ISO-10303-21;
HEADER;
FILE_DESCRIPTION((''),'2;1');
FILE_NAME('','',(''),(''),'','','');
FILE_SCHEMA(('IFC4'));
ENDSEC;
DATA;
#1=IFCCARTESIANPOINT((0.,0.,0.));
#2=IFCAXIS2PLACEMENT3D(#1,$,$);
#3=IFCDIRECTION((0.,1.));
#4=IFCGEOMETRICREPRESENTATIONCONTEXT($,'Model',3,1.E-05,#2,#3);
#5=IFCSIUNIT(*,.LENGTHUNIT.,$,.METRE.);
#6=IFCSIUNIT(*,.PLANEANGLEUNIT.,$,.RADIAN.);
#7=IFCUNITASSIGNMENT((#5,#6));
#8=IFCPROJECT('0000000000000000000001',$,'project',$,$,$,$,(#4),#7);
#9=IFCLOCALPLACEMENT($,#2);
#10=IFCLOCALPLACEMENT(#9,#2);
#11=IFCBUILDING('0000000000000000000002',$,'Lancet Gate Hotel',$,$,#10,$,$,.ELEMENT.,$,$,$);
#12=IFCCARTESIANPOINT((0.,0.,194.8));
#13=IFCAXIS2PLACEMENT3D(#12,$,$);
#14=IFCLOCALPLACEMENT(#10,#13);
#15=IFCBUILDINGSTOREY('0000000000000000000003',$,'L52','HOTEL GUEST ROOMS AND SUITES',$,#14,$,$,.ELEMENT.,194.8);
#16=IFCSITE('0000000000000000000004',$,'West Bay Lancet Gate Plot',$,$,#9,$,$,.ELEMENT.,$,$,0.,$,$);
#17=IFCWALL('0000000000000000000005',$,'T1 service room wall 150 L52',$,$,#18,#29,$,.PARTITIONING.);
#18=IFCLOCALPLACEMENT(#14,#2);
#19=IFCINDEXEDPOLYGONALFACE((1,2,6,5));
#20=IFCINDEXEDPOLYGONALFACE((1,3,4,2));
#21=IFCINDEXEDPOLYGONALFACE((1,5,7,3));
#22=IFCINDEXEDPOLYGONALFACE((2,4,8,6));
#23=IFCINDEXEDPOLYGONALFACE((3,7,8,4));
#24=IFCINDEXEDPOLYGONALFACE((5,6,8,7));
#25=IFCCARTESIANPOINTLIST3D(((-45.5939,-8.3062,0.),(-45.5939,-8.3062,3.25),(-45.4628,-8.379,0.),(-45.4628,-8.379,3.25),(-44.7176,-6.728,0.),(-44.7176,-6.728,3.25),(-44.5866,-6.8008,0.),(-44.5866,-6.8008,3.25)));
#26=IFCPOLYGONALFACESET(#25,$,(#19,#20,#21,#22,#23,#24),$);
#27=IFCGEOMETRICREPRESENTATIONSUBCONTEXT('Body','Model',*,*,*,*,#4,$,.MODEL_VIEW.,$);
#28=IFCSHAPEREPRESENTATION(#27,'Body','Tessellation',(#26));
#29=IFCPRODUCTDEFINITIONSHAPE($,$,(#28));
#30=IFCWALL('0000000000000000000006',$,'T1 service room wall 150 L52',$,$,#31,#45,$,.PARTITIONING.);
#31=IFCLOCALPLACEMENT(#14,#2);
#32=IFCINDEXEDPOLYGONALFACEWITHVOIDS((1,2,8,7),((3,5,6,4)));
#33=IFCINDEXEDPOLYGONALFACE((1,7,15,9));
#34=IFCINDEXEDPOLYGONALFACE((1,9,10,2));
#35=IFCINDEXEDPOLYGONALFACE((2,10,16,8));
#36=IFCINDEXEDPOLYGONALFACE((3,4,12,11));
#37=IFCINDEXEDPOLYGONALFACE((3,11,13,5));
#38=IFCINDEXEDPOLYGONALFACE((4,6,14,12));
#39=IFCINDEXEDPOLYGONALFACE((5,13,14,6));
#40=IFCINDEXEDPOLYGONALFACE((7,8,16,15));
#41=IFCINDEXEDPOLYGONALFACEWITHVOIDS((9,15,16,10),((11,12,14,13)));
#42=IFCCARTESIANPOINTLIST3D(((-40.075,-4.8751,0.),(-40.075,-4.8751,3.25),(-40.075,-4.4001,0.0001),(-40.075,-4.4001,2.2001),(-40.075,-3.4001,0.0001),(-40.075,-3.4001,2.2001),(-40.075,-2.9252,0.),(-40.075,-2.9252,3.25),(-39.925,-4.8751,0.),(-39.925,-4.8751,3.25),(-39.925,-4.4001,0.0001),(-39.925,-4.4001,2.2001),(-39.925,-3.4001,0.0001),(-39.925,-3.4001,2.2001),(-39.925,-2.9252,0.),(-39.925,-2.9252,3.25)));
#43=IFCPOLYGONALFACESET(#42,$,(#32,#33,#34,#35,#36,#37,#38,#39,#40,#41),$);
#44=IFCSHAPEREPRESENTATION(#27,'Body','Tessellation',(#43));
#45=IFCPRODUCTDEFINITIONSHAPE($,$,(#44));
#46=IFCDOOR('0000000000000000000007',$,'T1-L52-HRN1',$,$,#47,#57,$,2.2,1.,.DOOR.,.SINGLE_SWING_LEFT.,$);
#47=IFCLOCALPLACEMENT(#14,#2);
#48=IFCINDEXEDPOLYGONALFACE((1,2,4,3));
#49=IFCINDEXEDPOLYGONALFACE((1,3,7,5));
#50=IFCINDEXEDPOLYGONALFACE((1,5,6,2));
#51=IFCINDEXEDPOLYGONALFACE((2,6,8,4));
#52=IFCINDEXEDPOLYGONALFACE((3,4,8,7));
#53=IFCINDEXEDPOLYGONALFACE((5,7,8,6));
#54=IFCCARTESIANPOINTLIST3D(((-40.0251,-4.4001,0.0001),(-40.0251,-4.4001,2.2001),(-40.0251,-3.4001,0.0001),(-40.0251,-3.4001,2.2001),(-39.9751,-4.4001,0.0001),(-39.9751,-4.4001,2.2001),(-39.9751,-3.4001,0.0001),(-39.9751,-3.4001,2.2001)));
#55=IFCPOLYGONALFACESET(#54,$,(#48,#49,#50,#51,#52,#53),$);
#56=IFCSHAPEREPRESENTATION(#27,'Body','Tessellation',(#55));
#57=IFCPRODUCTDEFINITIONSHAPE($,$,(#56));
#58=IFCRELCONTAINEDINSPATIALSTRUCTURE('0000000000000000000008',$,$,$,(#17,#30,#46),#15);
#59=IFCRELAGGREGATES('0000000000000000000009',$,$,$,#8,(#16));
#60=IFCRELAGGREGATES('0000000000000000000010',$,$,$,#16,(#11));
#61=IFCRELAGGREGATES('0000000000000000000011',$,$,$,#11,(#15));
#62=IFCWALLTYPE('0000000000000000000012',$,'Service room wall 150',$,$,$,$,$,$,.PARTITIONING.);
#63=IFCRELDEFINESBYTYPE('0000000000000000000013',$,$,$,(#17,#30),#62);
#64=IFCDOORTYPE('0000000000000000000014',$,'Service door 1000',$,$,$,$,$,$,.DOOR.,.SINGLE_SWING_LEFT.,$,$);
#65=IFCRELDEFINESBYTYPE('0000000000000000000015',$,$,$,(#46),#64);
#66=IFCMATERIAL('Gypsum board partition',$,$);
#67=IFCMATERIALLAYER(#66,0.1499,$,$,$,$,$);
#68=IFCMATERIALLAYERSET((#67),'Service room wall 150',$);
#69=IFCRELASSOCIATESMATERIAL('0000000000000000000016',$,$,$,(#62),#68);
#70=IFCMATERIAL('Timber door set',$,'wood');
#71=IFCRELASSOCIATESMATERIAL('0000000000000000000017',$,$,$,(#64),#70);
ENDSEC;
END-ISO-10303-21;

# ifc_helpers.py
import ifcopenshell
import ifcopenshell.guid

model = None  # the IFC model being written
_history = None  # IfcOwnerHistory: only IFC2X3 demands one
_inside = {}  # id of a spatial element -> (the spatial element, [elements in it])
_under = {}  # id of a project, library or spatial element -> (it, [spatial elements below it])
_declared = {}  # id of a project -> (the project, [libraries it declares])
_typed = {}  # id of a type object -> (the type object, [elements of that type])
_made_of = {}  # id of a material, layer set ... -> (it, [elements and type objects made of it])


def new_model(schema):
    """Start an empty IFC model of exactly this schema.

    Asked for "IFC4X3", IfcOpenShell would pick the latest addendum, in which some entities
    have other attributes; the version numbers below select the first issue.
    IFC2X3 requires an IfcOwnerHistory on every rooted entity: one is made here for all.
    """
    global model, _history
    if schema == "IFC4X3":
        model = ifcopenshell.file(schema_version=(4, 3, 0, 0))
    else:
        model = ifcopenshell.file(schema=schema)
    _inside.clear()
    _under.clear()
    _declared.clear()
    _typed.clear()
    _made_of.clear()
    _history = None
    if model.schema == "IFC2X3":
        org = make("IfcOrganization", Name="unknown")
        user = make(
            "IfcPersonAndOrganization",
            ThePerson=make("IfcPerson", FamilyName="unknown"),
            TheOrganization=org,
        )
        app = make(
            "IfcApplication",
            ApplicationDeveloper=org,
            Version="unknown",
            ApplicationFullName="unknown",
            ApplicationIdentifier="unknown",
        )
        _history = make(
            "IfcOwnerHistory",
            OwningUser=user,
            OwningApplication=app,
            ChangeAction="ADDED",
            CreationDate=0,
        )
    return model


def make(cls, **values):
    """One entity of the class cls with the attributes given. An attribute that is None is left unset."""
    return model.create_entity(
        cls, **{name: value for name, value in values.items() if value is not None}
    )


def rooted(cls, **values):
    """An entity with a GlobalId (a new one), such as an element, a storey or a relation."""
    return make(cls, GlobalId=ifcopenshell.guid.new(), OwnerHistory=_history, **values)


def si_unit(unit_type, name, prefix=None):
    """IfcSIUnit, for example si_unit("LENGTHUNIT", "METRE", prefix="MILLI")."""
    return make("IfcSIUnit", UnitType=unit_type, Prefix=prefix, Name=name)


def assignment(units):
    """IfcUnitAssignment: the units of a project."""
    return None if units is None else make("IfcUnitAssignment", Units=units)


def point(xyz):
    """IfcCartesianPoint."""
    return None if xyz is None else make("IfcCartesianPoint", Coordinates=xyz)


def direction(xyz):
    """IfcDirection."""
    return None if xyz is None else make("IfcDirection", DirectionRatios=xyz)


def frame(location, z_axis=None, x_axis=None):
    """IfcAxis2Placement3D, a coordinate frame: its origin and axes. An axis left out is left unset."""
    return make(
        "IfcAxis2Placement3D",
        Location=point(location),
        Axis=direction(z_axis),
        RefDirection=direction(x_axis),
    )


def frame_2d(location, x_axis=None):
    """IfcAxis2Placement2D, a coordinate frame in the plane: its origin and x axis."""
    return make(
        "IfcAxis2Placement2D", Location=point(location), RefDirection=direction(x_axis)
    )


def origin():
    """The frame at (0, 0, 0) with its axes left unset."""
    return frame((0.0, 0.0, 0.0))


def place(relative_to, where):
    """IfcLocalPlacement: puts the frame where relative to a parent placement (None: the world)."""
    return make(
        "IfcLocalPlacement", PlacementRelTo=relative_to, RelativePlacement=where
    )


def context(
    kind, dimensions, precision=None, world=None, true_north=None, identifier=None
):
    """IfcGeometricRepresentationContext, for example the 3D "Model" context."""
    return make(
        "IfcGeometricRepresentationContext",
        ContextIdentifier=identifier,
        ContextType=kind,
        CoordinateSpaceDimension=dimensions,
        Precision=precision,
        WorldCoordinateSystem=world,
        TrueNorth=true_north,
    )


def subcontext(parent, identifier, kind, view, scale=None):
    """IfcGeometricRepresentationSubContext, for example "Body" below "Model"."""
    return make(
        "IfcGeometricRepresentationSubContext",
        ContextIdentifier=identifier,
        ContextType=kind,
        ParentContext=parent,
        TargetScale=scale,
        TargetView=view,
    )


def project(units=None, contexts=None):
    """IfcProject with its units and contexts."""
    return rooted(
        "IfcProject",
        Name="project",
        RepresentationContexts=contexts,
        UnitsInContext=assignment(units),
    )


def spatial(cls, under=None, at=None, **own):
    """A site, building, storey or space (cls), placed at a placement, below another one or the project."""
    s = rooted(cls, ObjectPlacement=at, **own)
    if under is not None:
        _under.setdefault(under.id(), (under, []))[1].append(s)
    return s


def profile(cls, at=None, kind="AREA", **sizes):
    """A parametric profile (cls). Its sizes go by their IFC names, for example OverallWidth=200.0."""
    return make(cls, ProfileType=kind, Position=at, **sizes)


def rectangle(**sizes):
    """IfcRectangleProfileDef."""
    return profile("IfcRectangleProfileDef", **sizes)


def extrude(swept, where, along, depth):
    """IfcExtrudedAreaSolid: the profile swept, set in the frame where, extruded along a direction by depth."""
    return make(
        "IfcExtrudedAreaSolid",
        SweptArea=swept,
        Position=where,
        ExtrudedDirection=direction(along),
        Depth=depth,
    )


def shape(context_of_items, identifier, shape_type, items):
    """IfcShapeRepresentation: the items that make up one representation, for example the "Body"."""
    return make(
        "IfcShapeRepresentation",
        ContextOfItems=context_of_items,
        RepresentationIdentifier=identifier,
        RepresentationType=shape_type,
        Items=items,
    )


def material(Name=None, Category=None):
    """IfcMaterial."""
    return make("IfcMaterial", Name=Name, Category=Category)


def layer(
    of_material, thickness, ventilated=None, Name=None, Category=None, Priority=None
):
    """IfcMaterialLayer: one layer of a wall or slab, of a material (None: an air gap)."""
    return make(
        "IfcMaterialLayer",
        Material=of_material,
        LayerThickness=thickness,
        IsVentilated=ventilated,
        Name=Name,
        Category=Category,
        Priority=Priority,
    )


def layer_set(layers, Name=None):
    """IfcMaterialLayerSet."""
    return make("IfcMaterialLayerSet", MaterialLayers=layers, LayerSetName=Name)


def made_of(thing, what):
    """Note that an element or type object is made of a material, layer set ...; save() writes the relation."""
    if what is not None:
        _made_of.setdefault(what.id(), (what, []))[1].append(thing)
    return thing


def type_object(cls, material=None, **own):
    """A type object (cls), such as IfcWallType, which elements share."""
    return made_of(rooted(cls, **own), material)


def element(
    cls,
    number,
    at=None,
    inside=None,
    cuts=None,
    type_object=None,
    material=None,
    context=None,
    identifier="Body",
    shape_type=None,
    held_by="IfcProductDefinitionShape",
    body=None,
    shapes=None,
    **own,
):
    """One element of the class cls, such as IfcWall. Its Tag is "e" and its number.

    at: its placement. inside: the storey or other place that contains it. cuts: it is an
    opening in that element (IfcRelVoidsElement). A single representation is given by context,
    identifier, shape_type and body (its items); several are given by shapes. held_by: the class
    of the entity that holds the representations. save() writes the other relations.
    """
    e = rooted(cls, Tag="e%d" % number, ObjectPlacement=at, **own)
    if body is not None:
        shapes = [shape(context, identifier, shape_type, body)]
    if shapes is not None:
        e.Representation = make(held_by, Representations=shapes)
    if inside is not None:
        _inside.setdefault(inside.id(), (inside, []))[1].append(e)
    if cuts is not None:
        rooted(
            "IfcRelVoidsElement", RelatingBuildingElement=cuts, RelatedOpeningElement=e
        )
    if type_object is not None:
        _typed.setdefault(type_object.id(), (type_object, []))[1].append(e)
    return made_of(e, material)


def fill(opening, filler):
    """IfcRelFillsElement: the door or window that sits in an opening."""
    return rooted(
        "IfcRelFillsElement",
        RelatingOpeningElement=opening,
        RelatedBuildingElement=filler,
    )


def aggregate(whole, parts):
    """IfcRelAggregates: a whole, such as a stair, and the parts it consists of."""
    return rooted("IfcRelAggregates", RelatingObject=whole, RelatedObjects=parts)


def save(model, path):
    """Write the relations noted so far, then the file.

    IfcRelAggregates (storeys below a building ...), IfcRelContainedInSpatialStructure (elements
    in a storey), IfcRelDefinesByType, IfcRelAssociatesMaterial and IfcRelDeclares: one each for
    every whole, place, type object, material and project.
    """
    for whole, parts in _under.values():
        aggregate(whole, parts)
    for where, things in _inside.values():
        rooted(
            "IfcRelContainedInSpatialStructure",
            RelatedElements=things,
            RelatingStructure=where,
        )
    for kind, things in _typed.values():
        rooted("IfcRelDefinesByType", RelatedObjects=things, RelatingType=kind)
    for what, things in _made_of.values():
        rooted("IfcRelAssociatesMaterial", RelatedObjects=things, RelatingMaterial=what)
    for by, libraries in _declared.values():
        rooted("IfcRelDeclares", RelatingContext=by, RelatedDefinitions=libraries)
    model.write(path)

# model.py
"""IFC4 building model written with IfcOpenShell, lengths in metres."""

from ifc_helpers import new_model, si_unit, direction, frame, frame_2d, origin, place, context, subcontext, project, spatial, rectangle, extrude, material, layer, layer_set, type_object, element, fill, save


model = new_model("IFC4")

# Units and contexts
model_context = context("Model", 3, precision=1e-05, world=origin(), true_north=direction((0.0, 1.0)))
body_context = subcontext(model_context, "Body", "Model", "MODEL_VIEW")
ifc_project = project(units=[si_unit("LENGTHUNIT", "METRE"), si_unit("PLANEANGLEUNIT", "RADIAN")], contexts=[model_context])

# Site, building, storey
site_placement = place(None, origin())
site = spatial("IfcSite", under=ifc_project, at=site_placement, Name="West Bay Lancet Gate Plot", CompositionType="ELEMENT", RefElevation=0.0)
building_placement = place(site_placement, origin())
building = spatial("IfcBuilding", under=site, at=building_placement, Name="Lancet Gate Hotel", CompositionType="ELEMENT")
storey_placement = place(building_placement, frame((0.0, 0.0, 194.8)))
storey = spatial("IfcBuildingStorey", under=building, at=storey_placement, Name="L52", Description="HOTEL GUEST ROOMS AND SUITES", CompositionType="ELEMENT", Elevation=194.8)

# Wall
ifc_material_1 = material(Name="Gypsum board partition")
ifc_layer_1 = layer(ifc_material_1, 0.1499)
ifc_layer_set_1 = layer_set([ifc_layer_1], Name="Service room wall 150")
wall_type_1 = type_object("IfcWallType", Name="Service room wall 150", PredefinedType="PARTITIONING", material=ifc_layer_set_1)
wall_1_placement = place(storey_placement, frame((-44.6521, -6.7644, 0.0), z_axis=(0.0, 0.0, 1.0), x_axis=(-0.485425, -0.874278, 0.0)))
element("IfcWall", 1, at=wall_1_placement, inside=storey, type_object=wall_type_1, Name="T1 service room wall 150 L52", PredefinedType="PARTITIONING", context=body_context, shape_type="SweptSolid", body=[
    extrude(rectangle(XDim=1.8052, YDim=0.1499, at=frame_2d((0.9026, 0.0))), origin(), (0.0, 0.0, 1.0), 3.25),
])

# Wall, opening, door
wall_2_placement = place(storey_placement, frame((-40.0, -2.925, 0.0), z_axis=(0.0, 0.0, 1.0), x_axis=(0.0, -1.0, 0.0)))
wall_2 = element("IfcWall", 2, at=wall_2_placement, inside=storey, type_object=wall_type_1, Name="T1 service room wall 150 L52", PredefinedType="PARTITIONING", context=body_context, shape_type="SweptSolid", body=[
    extrude(rectangle(XDim=1.95, YDim=0.1499, at=frame_2d((0.9751, 0.0))), origin(), (0.0, 0.0, 1.0), 3.25),
])
opening_1_placement = place(wall_2_placement, frame((0.4751, 0.0, 0.0)))
opening_1 = element("IfcOpeningElement", 3, at=opening_1_placement, cuts=wall_2, PredefinedType="OPENING", context=body_context, shape_type="SweptSolid", body=[
    extrude(rectangle(XDim=1.0, YDim=2.2, at=frame_2d((0.5, 1.1001))), frame((0.0, 0.085, 0.0), z_axis=(0.0, -1.0, 0.0), x_axis=(1.0, 0.0, 0.0)), (0.0, 0.0, 1.0), 0.1699),
])
ifc_material_2 = material(Name="Timber door set", Category="wood")
door_type_1 = type_object("IfcDoorType", Name="Service door 1000", OperationType="SINGLE_SWING_LEFT", PredefinedType="DOOR", material=ifc_material_2)
door_1_placement = place(opening_1_placement, origin())
door_1 = element("IfcDoor", 4, at=door_1_placement, inside=storey, type_object=door_type_1, Name="T1-L52-HRN1", OperationType="SINGLE_SWING_LEFT", OverallHeight=2.2, OverallWidth=1.0, PredefinedType="DOOR", context=body_context, shape_type="SweptSolid", body=[
    extrude(rectangle(XDim=1.0, YDim=2.2, at=frame_2d((0.5, 1.1001))), frame((0.0, 0.0249, 0.0), z_axis=(0.0, -1.0, 0.0), x_axis=(1.0, 0.0, 0.0)), (0.0, 0.0, 1.0), 0.05),
])
fill(opening_1, door_1)

save(model, "model.ifc")
